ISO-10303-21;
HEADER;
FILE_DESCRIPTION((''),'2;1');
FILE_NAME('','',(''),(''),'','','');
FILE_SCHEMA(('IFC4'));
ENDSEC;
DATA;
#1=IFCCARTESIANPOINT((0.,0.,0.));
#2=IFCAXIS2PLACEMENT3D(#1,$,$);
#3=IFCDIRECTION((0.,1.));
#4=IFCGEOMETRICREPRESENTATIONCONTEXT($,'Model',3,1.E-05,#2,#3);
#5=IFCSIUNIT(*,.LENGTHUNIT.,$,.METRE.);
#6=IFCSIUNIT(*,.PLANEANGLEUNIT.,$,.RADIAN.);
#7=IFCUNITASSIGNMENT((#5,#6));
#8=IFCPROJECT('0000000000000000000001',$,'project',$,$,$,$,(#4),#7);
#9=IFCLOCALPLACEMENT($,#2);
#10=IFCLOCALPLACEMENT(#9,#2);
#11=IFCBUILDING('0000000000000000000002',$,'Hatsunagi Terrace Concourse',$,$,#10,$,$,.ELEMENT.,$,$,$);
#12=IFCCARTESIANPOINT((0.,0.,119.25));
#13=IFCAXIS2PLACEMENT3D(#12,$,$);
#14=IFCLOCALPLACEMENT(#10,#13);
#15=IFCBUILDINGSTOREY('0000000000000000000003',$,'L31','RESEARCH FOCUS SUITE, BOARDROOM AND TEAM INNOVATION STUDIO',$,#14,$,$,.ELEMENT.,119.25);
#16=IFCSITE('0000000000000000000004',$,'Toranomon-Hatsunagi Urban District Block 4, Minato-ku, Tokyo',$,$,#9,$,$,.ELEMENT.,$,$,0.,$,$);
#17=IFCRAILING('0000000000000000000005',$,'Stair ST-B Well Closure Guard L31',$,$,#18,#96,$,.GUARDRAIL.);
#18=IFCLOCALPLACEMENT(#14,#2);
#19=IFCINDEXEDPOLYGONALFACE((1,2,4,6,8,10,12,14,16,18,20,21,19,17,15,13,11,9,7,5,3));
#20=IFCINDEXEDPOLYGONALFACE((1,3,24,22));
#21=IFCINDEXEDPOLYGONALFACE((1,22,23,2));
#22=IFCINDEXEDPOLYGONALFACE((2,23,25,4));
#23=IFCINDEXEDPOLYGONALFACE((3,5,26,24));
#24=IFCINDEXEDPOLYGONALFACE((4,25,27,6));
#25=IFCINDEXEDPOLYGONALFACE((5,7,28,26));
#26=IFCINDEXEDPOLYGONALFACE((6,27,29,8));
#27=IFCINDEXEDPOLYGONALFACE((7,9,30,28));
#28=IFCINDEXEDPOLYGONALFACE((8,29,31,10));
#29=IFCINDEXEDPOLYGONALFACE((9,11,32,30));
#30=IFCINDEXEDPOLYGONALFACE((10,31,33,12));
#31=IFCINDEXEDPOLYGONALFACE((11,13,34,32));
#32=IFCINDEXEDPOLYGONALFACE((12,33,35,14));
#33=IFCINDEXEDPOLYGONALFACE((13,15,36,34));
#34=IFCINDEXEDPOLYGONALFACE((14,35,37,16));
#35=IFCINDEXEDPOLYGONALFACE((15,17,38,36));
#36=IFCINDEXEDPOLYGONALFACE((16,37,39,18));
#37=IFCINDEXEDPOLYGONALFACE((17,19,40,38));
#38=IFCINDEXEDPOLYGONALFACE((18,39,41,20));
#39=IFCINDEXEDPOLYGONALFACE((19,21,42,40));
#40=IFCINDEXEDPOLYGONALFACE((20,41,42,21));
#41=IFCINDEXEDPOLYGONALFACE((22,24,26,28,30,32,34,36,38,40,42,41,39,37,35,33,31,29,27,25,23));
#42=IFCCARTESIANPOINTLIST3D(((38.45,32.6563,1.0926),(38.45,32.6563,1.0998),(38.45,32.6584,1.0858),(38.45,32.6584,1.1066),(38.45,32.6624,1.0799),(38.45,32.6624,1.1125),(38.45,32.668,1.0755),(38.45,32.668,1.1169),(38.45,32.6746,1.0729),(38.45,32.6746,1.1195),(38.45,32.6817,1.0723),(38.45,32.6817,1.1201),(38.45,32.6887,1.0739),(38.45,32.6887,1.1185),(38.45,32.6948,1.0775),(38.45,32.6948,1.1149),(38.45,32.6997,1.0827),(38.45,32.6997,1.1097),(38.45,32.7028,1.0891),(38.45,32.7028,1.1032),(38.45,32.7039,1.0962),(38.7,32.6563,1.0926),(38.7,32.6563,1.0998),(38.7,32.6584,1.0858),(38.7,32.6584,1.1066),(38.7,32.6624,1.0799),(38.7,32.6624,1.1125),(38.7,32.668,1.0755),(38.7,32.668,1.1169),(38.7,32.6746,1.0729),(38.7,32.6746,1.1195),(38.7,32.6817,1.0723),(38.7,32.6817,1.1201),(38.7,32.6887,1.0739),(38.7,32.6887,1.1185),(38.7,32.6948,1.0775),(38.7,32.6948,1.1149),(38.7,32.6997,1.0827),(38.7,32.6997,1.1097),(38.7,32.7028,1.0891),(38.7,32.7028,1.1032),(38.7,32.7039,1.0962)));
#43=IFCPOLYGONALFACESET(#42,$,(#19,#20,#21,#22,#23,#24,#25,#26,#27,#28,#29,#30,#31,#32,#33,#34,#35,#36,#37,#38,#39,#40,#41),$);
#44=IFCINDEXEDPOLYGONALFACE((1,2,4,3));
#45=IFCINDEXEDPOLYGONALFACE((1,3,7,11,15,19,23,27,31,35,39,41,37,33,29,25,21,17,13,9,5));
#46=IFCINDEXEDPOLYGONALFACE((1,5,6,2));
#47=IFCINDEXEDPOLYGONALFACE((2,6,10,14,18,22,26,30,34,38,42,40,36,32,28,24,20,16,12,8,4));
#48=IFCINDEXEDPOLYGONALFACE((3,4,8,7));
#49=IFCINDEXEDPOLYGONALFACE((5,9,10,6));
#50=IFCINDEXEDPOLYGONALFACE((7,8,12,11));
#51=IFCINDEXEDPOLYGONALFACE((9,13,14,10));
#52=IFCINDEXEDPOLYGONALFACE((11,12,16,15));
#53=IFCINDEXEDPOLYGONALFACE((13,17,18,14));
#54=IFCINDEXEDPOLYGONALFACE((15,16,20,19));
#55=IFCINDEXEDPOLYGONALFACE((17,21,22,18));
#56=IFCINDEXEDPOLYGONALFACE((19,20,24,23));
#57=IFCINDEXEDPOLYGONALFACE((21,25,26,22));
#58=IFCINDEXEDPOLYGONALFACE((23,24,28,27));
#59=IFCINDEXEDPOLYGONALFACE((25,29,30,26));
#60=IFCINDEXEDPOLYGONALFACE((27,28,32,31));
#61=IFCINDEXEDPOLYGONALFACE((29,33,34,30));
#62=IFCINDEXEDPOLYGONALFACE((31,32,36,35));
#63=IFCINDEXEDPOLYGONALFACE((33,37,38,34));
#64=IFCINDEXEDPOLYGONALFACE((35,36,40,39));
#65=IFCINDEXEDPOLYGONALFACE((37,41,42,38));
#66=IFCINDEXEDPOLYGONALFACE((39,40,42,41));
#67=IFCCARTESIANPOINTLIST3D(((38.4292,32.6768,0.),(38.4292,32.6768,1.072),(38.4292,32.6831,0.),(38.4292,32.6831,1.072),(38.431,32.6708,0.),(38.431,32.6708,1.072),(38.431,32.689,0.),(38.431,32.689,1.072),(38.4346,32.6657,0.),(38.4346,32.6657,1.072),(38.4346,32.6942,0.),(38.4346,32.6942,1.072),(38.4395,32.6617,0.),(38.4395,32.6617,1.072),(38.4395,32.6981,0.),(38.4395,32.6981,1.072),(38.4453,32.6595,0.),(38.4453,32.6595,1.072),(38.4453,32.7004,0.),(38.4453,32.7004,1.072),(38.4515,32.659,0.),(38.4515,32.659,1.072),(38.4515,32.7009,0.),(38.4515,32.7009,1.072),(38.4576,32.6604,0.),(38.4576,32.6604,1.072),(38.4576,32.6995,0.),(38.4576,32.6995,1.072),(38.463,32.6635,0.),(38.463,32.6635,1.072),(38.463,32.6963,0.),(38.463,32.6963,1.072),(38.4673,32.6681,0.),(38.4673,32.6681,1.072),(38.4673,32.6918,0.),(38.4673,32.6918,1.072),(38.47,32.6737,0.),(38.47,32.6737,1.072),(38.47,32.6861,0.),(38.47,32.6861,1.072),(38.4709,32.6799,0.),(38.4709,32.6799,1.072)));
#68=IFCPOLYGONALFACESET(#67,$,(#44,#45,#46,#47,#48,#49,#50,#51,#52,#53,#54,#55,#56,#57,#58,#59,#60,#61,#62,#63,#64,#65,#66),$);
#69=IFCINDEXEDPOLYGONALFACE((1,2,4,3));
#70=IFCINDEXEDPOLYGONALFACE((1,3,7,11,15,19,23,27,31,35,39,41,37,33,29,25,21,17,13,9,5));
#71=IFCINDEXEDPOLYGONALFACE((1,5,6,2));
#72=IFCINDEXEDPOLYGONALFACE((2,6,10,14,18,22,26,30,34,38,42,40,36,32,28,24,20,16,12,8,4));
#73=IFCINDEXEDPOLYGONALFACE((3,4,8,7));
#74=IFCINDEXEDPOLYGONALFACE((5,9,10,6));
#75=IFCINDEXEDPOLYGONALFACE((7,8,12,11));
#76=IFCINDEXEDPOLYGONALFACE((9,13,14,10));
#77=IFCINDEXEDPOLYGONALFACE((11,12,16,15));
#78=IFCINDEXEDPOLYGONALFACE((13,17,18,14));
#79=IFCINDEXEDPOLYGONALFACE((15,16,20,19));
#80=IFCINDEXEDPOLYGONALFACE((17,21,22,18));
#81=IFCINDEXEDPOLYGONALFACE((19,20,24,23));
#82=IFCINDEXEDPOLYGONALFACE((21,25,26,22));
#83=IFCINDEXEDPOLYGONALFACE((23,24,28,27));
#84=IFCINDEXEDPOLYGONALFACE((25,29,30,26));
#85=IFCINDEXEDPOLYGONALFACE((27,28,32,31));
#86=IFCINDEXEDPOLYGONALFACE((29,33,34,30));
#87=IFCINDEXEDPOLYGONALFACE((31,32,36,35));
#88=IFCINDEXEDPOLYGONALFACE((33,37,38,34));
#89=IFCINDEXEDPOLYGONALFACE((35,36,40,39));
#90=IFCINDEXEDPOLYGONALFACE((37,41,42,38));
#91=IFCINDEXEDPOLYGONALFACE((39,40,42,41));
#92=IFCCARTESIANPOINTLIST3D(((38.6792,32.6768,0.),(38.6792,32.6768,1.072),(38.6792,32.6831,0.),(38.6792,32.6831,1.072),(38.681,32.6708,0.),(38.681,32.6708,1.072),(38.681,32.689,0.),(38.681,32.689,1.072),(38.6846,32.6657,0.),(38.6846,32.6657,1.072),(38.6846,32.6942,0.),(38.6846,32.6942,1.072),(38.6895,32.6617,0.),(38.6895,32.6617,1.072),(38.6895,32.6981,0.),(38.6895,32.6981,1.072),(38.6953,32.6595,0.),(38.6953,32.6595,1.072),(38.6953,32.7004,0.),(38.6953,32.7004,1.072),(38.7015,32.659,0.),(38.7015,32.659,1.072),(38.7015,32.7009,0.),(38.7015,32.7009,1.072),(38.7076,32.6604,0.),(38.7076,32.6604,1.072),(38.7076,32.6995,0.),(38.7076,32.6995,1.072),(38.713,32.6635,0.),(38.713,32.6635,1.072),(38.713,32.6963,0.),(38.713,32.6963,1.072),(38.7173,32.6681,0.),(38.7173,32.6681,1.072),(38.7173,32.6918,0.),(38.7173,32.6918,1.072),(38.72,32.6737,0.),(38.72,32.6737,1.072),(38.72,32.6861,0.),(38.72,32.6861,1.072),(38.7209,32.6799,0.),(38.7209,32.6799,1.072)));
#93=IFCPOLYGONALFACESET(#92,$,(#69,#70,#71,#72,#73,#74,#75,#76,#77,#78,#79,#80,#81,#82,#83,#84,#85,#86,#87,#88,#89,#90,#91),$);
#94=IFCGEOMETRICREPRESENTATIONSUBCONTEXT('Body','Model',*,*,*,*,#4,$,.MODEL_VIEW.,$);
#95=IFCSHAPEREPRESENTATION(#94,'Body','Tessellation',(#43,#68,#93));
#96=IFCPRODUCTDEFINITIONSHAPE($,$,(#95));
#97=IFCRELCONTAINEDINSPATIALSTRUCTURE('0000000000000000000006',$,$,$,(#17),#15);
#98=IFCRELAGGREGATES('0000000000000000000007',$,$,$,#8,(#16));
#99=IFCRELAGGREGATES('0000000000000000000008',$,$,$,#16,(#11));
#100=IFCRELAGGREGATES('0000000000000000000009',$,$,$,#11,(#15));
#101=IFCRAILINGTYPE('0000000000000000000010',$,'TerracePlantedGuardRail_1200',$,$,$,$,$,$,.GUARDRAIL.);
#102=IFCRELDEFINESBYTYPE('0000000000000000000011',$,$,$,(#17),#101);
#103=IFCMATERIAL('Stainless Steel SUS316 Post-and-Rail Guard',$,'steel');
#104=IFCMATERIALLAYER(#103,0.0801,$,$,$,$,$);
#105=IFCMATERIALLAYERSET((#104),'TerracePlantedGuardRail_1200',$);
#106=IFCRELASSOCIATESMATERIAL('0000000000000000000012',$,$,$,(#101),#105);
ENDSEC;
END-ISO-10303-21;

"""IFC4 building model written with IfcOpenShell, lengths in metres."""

from ifc_helpers import new_model, si_unit, direction, frame, origin, origin_2d, place, context, subcontext, project, spatial, circle, extrude, material, layer, layer_set, type_object, element, save


model = new_model("IFC4")

# Units and contexts
model_context = context("Model", 3, precision=1e-05, world=origin(), true_north=direction((0.0, 1.0)))
body_context = subcontext(model_context, "Body", "Model", "MODEL_VIEW")
ifc_project = project(units=[si_unit("LENGTHUNIT", "METRE"), si_unit("PLANEANGLEUNIT", "RADIAN")], contexts=[model_context])

# Site, building, storey
site_placement = place(None, origin())
site = spatial("IfcSite", under=ifc_project, at=site_placement, Name="Toranomon-Hatsunagi Urban District Block 4, Minato-ku, Tokyo", CompositionType="ELEMENT", RefElevation=0.0)
building_placement = place(site_placement, origin())
building = spatial("IfcBuilding", under=site, at=building_placement, Name="Hatsunagi Terrace Concourse", CompositionType="ELEMENT")
storey_placement = place(building_placement, frame((0.0, 0.0, 119.25)))
storey = spatial("IfcBuildingStorey", under=building, at=storey_placement, Name="L31", Description="RESEARCH FOCUS SUITE, BOARDROOM AND TEAM INNOVATION STUDIO", CompositionType="ELEMENT", Elevation=119.25)

# Railing
ifc_material_1 = material(Name="Stainless Steel SUS316 Post-and-Rail Guard", Category="steel")
ifc_layer_1 = layer(ifc_material_1, 0.0801)
ifc_layer_set_1 = layer_set([ifc_layer_1], Name="TerracePlantedGuardRail_1200")
railing_type_1 = type_object("IfcRailingType", Name="TerracePlantedGuardRail_1200", PredefinedType="GUARDRAIL", material=ifc_layer_set_1)
railing_1_placement = place(storey_placement, frame((38.45, 32.6799, 0.0)))
element("IfcRailing", 1, at=railing_1_placement, inside=storey, type_object=railing_type_1, Name="Stair ST-B Well Closure Guard L31", PredefinedType="GUARDRAIL", context=body_context, shape_type="SweptSolid", body=[
    extrude(circle(Radius=0.0239, at=origin_2d()), frame((0.0, 0.0, 1.0962), z_axis=(1.0, 0.0, 0.0), x_axis=(0.0, 1.0, 0.0)), (0.0, 0.0, 1.0), 0.25),
    extrude(circle(Radius=0.021, at=origin_2d()), origin(), (0.0, 0.0, 1.0), 1.072),
    extrude(circle(Radius=0.021, at=origin_2d()), frame((0.25, 0.0, 0.0)), (0.0, 0.0, 1.0), 1.072),
])

save(model, "model.ifc")
